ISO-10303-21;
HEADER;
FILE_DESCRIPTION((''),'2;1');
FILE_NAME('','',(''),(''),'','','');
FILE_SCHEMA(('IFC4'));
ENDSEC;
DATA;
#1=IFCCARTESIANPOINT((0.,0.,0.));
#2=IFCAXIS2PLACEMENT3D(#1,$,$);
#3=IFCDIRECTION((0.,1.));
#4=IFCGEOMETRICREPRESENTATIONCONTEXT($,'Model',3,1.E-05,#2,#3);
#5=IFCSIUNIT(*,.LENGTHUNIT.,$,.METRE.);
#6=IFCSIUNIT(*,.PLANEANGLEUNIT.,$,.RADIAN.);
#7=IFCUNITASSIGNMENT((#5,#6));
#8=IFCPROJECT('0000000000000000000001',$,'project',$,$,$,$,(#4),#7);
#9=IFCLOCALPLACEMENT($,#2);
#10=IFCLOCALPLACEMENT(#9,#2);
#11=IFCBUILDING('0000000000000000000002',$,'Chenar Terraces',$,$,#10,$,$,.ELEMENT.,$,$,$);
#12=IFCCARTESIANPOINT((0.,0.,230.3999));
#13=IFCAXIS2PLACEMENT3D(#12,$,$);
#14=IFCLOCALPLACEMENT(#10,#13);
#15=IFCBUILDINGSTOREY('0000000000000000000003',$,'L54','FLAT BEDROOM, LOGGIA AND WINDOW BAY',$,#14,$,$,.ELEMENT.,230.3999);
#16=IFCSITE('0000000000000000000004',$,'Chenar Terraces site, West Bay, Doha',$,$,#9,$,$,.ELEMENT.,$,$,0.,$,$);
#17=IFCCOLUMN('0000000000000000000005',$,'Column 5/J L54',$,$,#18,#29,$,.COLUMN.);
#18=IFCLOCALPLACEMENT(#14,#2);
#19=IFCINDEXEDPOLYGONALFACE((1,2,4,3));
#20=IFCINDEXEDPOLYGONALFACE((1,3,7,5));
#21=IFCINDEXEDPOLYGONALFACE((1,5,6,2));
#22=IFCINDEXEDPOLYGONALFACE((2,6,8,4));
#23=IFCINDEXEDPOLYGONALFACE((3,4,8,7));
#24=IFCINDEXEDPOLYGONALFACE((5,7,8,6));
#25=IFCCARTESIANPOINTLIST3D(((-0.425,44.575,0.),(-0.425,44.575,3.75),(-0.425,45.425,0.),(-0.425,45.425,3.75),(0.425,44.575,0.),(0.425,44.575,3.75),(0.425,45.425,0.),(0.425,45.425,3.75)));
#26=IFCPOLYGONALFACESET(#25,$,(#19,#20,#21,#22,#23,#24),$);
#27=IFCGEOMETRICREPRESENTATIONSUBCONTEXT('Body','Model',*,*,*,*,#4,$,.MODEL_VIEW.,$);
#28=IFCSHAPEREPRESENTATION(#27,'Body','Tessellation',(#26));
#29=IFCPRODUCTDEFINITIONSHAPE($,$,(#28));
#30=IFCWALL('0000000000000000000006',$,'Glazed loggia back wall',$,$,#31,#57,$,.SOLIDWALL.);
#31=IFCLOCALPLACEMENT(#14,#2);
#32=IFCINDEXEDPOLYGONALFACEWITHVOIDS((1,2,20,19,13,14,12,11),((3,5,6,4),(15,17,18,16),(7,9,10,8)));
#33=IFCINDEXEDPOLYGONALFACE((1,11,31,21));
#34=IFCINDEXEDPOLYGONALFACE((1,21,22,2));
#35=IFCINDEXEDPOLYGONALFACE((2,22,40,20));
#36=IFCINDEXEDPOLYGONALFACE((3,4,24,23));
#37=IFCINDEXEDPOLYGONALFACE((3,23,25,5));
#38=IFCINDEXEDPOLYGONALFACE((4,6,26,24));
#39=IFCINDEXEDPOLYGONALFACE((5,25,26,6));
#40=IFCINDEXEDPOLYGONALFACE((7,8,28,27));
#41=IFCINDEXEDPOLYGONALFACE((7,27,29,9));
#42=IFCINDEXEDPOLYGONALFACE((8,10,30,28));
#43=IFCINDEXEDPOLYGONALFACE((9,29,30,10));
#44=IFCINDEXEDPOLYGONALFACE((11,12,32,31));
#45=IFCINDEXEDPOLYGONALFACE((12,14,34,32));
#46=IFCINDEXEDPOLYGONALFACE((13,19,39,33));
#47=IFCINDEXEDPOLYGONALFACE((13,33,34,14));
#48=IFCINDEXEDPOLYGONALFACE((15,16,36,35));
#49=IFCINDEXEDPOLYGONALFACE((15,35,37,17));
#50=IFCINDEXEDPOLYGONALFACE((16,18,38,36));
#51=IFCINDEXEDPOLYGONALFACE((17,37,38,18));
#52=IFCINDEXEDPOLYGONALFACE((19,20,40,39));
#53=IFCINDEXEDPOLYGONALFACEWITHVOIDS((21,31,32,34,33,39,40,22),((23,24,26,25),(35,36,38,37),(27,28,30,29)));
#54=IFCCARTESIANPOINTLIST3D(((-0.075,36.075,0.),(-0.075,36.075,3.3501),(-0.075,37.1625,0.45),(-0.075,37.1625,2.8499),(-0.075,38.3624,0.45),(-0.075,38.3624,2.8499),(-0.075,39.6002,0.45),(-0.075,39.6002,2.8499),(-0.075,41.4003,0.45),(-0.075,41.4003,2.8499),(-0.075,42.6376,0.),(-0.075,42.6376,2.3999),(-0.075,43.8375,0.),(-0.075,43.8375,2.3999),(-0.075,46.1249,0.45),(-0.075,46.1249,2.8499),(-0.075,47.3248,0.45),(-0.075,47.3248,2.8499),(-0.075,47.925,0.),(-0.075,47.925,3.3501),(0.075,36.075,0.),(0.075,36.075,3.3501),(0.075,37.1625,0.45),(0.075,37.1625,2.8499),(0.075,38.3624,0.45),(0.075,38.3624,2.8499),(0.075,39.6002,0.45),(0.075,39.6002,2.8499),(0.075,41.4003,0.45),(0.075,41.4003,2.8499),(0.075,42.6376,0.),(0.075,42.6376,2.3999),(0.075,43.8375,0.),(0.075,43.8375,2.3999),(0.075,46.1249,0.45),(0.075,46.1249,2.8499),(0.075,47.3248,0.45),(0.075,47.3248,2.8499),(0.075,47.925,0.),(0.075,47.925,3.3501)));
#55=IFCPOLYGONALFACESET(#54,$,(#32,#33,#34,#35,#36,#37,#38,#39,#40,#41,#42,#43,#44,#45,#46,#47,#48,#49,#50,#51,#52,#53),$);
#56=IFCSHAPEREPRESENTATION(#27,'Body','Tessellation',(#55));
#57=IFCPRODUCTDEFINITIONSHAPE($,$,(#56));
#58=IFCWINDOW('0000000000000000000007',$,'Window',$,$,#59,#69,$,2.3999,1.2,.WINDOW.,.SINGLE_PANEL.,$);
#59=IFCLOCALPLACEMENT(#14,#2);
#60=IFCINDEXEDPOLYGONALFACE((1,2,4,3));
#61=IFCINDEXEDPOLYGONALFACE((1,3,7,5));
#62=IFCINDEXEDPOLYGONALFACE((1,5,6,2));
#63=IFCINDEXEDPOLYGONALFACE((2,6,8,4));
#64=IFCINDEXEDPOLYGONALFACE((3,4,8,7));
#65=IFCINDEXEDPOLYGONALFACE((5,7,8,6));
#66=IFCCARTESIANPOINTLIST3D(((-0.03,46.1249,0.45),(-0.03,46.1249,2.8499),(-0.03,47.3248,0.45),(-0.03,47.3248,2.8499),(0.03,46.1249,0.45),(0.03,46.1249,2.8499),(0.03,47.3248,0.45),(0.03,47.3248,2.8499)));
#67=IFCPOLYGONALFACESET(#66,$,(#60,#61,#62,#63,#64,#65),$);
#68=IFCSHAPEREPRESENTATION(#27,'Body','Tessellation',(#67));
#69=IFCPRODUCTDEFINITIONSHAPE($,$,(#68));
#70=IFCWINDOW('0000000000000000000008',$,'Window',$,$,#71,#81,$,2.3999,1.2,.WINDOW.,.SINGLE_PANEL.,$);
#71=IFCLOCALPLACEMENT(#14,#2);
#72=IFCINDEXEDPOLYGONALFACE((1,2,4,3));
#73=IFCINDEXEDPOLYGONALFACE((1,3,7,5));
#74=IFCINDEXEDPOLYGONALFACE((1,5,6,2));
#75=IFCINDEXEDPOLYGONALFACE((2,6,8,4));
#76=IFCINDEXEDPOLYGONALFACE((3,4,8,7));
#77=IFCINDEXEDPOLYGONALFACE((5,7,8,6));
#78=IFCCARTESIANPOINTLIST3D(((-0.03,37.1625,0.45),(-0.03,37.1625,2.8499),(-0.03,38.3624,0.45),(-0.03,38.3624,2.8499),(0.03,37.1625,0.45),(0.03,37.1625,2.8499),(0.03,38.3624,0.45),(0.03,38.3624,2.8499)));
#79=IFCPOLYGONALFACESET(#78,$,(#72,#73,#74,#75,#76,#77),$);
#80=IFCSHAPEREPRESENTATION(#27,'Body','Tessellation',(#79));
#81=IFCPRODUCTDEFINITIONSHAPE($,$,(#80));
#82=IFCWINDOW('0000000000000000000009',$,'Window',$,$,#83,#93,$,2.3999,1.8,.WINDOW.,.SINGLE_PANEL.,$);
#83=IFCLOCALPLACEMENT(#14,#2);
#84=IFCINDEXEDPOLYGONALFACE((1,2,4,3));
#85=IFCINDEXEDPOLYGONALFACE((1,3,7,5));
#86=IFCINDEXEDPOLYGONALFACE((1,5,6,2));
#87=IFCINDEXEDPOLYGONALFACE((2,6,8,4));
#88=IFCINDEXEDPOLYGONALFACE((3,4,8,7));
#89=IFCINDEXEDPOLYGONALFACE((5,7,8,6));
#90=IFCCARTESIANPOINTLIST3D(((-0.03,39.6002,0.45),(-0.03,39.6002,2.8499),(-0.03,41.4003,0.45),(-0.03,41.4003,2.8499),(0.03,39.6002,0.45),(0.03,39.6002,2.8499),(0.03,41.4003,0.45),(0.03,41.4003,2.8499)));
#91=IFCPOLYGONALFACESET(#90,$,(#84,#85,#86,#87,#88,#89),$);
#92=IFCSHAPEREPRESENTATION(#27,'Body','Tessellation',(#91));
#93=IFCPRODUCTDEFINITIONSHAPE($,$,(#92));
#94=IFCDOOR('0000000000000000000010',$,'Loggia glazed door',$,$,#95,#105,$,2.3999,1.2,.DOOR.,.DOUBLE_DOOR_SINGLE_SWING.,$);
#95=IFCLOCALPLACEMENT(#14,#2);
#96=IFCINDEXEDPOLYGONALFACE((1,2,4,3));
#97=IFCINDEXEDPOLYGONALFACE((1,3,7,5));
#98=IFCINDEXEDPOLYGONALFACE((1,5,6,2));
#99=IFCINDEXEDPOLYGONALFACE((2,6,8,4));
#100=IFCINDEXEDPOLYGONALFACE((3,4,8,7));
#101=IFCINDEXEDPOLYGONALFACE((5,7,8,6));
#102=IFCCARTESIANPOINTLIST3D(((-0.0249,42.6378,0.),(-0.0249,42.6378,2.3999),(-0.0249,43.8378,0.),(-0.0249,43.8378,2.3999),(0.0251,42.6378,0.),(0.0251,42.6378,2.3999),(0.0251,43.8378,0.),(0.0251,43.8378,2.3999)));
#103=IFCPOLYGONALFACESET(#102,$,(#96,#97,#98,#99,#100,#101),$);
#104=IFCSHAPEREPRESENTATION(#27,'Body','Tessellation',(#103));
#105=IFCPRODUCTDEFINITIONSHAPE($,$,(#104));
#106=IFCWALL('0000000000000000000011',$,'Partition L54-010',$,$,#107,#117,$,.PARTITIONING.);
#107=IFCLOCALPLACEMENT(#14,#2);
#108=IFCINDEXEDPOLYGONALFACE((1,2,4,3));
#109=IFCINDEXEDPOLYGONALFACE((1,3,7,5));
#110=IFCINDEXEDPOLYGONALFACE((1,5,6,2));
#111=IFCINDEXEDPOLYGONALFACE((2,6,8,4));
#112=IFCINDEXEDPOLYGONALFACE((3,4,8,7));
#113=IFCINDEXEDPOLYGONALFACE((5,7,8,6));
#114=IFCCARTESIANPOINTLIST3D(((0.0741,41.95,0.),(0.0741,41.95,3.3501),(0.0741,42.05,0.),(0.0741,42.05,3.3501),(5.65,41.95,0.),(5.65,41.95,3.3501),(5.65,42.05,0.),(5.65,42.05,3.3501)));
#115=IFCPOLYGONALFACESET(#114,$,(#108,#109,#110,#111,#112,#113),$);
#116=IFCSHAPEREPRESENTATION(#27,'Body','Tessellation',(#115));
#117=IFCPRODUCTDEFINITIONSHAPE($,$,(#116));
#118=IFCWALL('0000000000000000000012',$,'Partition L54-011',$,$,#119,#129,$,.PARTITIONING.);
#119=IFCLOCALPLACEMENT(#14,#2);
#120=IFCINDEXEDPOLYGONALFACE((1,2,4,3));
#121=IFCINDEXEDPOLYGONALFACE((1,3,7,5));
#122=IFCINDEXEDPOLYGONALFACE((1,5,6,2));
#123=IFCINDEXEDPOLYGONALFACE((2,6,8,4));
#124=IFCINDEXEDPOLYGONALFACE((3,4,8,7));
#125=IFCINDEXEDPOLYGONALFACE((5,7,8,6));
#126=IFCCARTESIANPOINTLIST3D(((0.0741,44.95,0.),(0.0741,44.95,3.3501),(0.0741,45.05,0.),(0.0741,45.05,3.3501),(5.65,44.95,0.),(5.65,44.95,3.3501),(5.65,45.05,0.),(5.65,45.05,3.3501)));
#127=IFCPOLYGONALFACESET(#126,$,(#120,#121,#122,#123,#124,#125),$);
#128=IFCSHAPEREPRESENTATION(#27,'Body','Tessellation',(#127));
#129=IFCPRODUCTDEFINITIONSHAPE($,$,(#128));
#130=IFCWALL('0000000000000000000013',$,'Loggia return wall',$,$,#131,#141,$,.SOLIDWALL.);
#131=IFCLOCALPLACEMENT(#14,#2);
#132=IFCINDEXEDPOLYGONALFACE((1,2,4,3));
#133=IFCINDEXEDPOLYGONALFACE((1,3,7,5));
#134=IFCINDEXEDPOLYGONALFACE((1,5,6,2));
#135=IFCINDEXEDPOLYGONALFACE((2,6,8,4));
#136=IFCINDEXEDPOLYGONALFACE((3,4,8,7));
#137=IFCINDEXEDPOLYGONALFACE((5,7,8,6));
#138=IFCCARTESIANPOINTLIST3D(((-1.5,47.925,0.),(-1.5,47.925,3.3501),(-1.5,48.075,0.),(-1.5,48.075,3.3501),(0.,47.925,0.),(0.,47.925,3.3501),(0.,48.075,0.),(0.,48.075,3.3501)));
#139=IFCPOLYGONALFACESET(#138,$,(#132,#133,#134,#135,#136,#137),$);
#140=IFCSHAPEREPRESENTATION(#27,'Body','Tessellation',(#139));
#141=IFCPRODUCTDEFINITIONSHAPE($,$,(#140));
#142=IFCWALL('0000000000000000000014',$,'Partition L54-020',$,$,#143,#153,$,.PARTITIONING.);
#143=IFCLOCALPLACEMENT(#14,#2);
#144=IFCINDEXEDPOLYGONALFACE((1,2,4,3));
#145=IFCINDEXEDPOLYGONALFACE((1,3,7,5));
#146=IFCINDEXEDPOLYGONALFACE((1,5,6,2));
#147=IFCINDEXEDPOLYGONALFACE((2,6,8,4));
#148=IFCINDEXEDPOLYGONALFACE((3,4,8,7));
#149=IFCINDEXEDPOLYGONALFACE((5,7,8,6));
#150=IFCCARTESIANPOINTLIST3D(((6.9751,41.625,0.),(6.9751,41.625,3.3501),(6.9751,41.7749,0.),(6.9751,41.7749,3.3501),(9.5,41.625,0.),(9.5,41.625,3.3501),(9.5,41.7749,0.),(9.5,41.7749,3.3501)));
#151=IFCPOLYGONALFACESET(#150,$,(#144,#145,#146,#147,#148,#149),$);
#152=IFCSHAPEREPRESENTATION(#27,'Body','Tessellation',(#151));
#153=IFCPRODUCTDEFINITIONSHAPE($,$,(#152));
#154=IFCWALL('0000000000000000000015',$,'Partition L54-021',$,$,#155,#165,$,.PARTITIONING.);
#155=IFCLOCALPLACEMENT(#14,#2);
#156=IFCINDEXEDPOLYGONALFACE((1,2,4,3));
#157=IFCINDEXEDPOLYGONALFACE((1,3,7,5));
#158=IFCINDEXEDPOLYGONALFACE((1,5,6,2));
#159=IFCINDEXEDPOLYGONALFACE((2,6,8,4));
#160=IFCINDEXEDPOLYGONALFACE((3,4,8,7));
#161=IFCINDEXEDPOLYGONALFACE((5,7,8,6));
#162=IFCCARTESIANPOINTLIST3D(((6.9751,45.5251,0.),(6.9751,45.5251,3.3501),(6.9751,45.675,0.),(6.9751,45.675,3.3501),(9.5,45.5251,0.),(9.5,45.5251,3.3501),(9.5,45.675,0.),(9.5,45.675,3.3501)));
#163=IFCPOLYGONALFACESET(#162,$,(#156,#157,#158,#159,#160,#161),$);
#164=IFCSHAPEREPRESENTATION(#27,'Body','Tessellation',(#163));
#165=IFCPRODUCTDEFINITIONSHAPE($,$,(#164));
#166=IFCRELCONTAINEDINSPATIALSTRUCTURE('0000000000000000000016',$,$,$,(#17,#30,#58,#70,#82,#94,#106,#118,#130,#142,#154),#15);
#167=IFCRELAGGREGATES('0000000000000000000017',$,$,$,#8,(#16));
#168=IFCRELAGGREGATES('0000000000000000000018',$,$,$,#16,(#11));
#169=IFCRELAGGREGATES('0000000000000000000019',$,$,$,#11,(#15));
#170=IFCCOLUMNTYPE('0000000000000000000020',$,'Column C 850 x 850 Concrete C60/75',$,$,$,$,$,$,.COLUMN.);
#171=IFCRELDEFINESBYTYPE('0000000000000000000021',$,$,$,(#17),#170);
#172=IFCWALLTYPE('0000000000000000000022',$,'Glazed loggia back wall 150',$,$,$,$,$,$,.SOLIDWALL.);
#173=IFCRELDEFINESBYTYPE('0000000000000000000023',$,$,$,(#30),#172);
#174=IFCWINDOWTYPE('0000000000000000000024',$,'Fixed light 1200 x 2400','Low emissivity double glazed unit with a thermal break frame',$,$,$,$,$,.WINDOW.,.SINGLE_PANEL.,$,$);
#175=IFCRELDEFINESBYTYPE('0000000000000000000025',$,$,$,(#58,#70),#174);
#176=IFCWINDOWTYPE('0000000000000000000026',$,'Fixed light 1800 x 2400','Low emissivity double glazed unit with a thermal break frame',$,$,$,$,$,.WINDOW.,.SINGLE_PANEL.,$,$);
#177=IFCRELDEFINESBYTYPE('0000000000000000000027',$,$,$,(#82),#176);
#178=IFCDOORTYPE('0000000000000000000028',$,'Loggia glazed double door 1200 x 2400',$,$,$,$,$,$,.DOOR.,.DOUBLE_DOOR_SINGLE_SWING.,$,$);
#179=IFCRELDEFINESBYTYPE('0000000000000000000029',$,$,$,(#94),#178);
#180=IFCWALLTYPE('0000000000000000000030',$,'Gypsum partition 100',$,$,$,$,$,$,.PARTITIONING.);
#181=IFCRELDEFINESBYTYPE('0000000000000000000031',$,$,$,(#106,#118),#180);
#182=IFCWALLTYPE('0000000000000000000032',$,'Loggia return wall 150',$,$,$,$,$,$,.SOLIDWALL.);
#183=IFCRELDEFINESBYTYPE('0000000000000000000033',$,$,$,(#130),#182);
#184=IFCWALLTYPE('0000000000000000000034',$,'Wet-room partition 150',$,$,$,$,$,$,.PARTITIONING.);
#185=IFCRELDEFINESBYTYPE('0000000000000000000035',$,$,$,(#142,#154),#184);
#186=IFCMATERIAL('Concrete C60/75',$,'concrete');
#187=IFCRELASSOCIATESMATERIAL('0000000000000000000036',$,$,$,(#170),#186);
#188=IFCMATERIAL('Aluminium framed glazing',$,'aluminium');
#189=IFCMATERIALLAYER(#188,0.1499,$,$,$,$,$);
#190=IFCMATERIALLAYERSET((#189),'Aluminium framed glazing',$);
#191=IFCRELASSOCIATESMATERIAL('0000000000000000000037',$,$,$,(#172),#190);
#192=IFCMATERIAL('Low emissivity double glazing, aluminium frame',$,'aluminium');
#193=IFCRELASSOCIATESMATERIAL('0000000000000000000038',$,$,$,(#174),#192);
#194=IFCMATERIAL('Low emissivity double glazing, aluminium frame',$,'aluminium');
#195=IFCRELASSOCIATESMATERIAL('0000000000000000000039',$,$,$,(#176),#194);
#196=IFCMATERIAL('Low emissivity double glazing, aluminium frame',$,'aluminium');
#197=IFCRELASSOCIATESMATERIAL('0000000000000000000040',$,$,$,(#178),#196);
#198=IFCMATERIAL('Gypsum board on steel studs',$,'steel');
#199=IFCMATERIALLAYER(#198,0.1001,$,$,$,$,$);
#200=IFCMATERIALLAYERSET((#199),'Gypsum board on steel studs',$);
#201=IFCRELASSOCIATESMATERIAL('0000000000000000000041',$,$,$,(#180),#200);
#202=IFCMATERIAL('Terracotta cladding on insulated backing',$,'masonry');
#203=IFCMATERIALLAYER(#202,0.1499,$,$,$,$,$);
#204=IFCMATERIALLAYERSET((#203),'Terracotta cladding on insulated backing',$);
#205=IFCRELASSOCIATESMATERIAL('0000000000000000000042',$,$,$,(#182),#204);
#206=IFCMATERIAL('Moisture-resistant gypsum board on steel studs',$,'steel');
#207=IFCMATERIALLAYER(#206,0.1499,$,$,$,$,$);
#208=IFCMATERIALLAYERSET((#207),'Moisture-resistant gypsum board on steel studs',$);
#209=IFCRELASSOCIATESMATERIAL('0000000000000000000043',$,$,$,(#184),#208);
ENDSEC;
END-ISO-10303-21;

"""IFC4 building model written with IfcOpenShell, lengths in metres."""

from ifc_helpers import new_model, si_unit, direction, frame, frame_2d, origin, origin_2d, place, context, subcontext, project, spatial, rectangle, extrude, material, layer, layer_set, material_profile, profile_set, type_object, element, fill, save


model = new_model("IFC4")

# Units and contexts
model_context = context("Model", 3, precision=1e-05, world=origin(), true_north=direction((0.0, 1.0)))
body_context = subcontext(model_context, "Body", "Model", "MODEL_VIEW")
ifc_project = project(units=[si_unit("LENGTHUNIT", "METRE"), si_unit("PLANEANGLEUNIT", "RADIAN")], contexts=[model_context])

# Site, building, storey
site_placement = place(None, origin())
site = spatial("IfcSite", under=ifc_project, at=site_placement, Name="Chenar Terraces site, West Bay, Doha", CompositionType="ELEMENT", RefElevation=0.0)
building_placement = place(site_placement, origin())
building = spatial("IfcBuilding", under=site, at=building_placement, Name="Chenar Terraces", CompositionType="ELEMENT")
storey_placement = place(building_placement, frame((0.0, 0.0, 230.3999)))
storey = spatial("IfcBuildingStorey", under=building, at=storey_placement, Name="L54", Description="FLAT BEDROOM, LOGGIA AND WINDOW BAY", CompositionType="ELEMENT", Elevation=230.3999)

# Column
ifc_material_1 = material(Name="Concrete C60/75", Category="concrete")
ifc_material_profile = material_profile(ifc_material_1, rectangle(XDim=0.8501, YDim=0.8501, at=origin_2d()), Name="C 850 x 850")
ifc_profile_set = profile_set([ifc_material_profile], Name="Concrete C60/75")
column_type = type_object("IfcColumnType", Name="Column C 850 x 850 Concrete C60/75", PredefinedType="COLUMN", material=ifc_profile_set)
column_placement = place(storey_placement, frame((0.0, 45.0, 0.0), z_axis=(0.0, 0.0, 1.0), x_axis=(1.0, 0.0, 0.0)))
element("IfcColumn", 1, at=column_placement, inside=storey, type_object=column_type, Name="Column 5/J L54", PredefinedType="COLUMN", context=body_context, shape_type="SweptSolid", body=[
    extrude(rectangle(XDim=0.8501, YDim=0.8501, at=origin_2d()), origin(), (0.0, 0.0, 1.0), 3.75),
])

# Wall, openings, windows, door
ifc_material_2 = material(Name="Aluminium framed glazing", Category="aluminium")
ifc_layer_1 = layer(ifc_material_2, 0.1499)
ifc_layer_set_1 = layer_set([ifc_layer_1], Name="Aluminium framed glazing")
wall_type_1 = type_object("IfcWallType", Name="Glazed loggia back wall 150", PredefinedType="SOLIDWALL", material=ifc_layer_set_1)
wall_1_placement = place(storey_placement, frame((0.0, 47.925, 0.0), z_axis=(0.0, 0.0, 1.0), x_axis=(0.0, -1.0, 0.0)))
wall_1 = element("IfcWall", 2, at=wall_1_placement, inside=storey, type_object=wall_type_1, Name="Glazed loggia back wall", PredefinedType="SOLIDWALL", context=body_context, shape_type="SweptSolid", body=[
    extrude(rectangle(XDim=11.8501, YDim=0.1499, at=frame_2d((5.925, 0.0))), origin(), (0.0, 0.0, 1.0), 3.3501),
])
opening_1_placement = place(wall_1_placement, frame((0.6001, 0.0, 0.45)))
opening_1 = element("IfcOpeningElement", 3, at=opening_1_placement, cuts=wall_1, PredefinedType="OPENING", context=body_context, shape_type="SweptSolid", body=[
    extrude(rectangle(XDim=1.2, YDim=2.3999, at=frame_2d((0.6001, 1.2))), frame((0.0, 0.085, 0.0), z_axis=(0.0, -1.0, 0.0), x_axis=(1.0, 0.0, 0.0)), (0.0, 0.0, 1.0), 0.1699),
])
opening_2_placement = place(wall_1_placement, frame((4.0874, 0.0, 0.0)))
opening_2 = element("IfcOpeningElement", 4, at=opening_2_placement, cuts=wall_1, PredefinedType="OPENING", context=body_context, shape_type="SweptSolid", body=[
    extrude(rectangle(XDim=1.2, YDim=2.3999, at=frame_2d((0.6001, 1.2))), frame((0.0, 0.085, 0.0), z_axis=(0.0, -1.0, 0.0), x_axis=(1.0, 0.0, 0.0)), (0.0, 0.0, 1.0), 0.1699),
])
opening_3_placement = place(wall_1_placement, frame((6.5249, 0.0, 0.45)))
opening_3 = element("IfcOpeningElement", 5, at=opening_3_placement, cuts=wall_1, PredefinedType="OPENING", context=body_context, shape_type="SweptSolid", body=[
    extrude(rectangle(XDim=1.8, YDim=2.3999, at=frame_2d((0.8999, 1.2))), frame((0.0, 0.085, 0.0), z_axis=(0.0, -1.0, 0.0), x_axis=(1.0, 0.0, 0.0)), (0.0, 0.0, 1.0), 0.1699),
])
opening_4_placement = place(wall_1_placement, frame((9.5625, 0.0, 0.45)))
opening_4 = element("IfcOpeningElement", 6, at=opening_4_placement, cuts=wall_1, PredefinedType="OPENING", context=body_context, shape_type="SweptSolid", body=[
    extrude(rectangle(XDim=1.2, YDim=2.3999, at=frame_2d((0.6001, 1.2))), frame((0.0, 0.085, 0.0), z_axis=(0.0, -1.0, 0.0), x_axis=(1.0, 0.0, 0.0)), (0.0, 0.0, 1.0), 0.1699),
])
ifc_material_3 = material(Name="Low emissivity double glazing, aluminium frame", Category="aluminium")
window_type_1 = type_object("IfcWindowType", Name="Fixed light 1200 x 2400", Description="Low emissivity double glazed unit with a thermal break frame", PartitioningType="SINGLE_PANEL", PredefinedType="WINDOW", material=ifc_material_3)
window_1_placement = place(opening_1_placement, origin())
window_1 = element("IfcWindow", 7, at=window_1_placement, inside=storey, type_object=window_type_1, Name="Window", OverallHeight=2.3999, OverallWidth=1.2, PartitioningType="SINGLE_PANEL", PredefinedType="WINDOW", context=body_context, shape_type="SweptSolid", body=[
    extrude(rectangle(XDim=1.2, YDim=2.3999, at=frame_2d((0.6001, 1.2))), frame((0.0, 0.03, 0.0), z_axis=(0.0, -1.0, 0.0), x_axis=(1.0, 0.0, 0.0)), (0.0, 0.0, 1.0), 0.0601),
])
fill(opening_1, window_1)
window_2_placement = place(opening_4_placement, origin())
window_2 = element("IfcWindow", 8, at=window_2_placement, inside=storey, type_object=window_type_1, Name="Window", OverallHeight=2.3999, OverallWidth=1.2, PartitioningType="SINGLE_PANEL", PredefinedType="WINDOW", context=body_context, shape_type="SweptSolid", body=[
    extrude(rectangle(XDim=1.2, YDim=2.3999, at=frame_2d((0.6001, 1.2))), frame((0.0, 0.03, 0.0), z_axis=(0.0, -1.0, 0.0), x_axis=(1.0, 0.0, 0.0)), (0.0, 0.0, 1.0), 0.0601),
])
fill(opening_4, window_2)
ifc_material_4 = material(Name="Low emissivity double glazing, aluminium frame", Category="aluminium")
window_type_2 = type_object("IfcWindowType", Name="Fixed light 1800 x 2400", Description="Low emissivity double glazed unit with a thermal break frame", PartitioningType="SINGLE_PANEL", PredefinedType="WINDOW", material=ifc_material_4)
window_3_placement = place(opening_3_placement, origin())
window_3 = element("IfcWindow", 9, at=window_3_placement, inside=storey, type_object=window_type_2, Name="Window", OverallHeight=2.3999, OverallWidth=1.8, PartitioningType="SINGLE_PANEL", PredefinedType="WINDOW", context=body_context, shape_type="SweptSolid", body=[
    extrude(rectangle(XDim=1.8, YDim=2.3999, at=frame_2d((0.8999, 1.2))), frame((0.0, 0.03, 0.0), z_axis=(0.0, -1.0, 0.0), x_axis=(1.0, 0.0, 0.0)), (0.0, 0.0, 1.0), 0.0601),
])
fill(opening_3, window_3)
ifc_material_5 = material(Name="Low emissivity double glazing, aluminium frame", Category="aluminium")
door_type = type_object("IfcDoorType", Name="Loggia glazed double door 1200 x 2400", OperationType="DOUBLE_DOOR_SINGLE_SWING", PredefinedType="DOOR", material=ifc_material_5)
door_placement = place(opening_2_placement, frame((1.2, 0.0, 0.0), z_axis=(0.0, 0.0, 1.0), x_axis=(-1.0, 0.0, 0.0)))
door = element("IfcDoor", 10, at=door_placement, inside=storey, type_object=door_type, Name="Loggia glazed door", OperationType="DOUBLE_DOOR_SINGLE_SWING", OverallHeight=2.3999, OverallWidth=1.2, PredefinedType="DOOR", context=body_context, shape_type="SweptSolid", body=[
    extrude(rectangle(XDim=1.2, YDim=2.3999, at=frame_2d((0.6001, 1.2))), frame((0.0, 0.0249, 0.0), z_axis=(0.0, -1.0, 0.0), x_axis=(1.0, 0.0, 0.0)), (0.0, 0.0, 1.0), 0.05),
])
fill(opening_2, door)

# Walls
ifc_material_6 = material(Name="Gypsum board on steel studs", Category="steel")
ifc_layer_2 = layer(ifc_material_6, 0.1001)
ifc_layer_set_2 = layer_set([ifc_layer_2], Name="Gypsum board on steel studs")
wall_type_2 = type_object("IfcWallType", Name="Gypsum partition 100", PredefinedType="PARTITIONING", material=ifc_layer_set_2)
for number, where, z_axis, x_axis, name in (
    (11, (0.074, 42.0, 0.0), (0.0, 0.0, 1.0), (1.0, 0.0, 0.0), "Partition L54-010"),
    (12, (0.074, 45.0, 0.0), (0.0, 0.0, 1.0), (1.0, 0.0, 0.0), "Partition L54-011"),
):
    element("IfcWall", number, at=place(storey_placement, frame(where, z_axis=z_axis, x_axis=x_axis)), inside=storey, type_object=wall_type_2, Name=name, PredefinedType="PARTITIONING", context=body_context, shape_type="SweptSolid", body=[
        extrude(rectangle(XDim=5.5759, YDim=0.1001, at=frame_2d((2.7881, 0.0))), origin(), (0.0, 0.0, 1.0), 3.3501),
    ])
ifc_material_7 = material(Name="Terracotta cladding on insulated backing", Category="masonry")
ifc_layer_3 = layer(ifc_material_7, 0.1499)
ifc_layer_set_3 = layer_set([ifc_layer_3], Name="Terracotta cladding on insulated backing")
wall_type_3 = type_object("IfcWallType", Name="Loggia return wall 150", PredefinedType="SOLIDWALL", material=ifc_layer_set_3)
wall_2_placement = place(storey_placement, frame((-1.5, 48.0, 0.0), z_axis=(0.0, 0.0, 1.0), x_axis=(1.0, 0.0, 0.0)))
element("IfcWall", 13, at=wall_2_placement, inside=storey, type_object=wall_type_3, Name="Loggia return wall", PredefinedType="SOLIDWALL", context=body_context, shape_type="SweptSolid", body=[
    extrude(rectangle(XDim=1.5, YDim=0.1499, at=frame_2d((0.75, 0.0))), origin(), (0.0, 0.0, 1.0), 3.3501),
])
ifc_material_8 = material(Name="Moisture-resistant gypsum board on steel studs", Category="steel")
ifc_layer_4 = layer(ifc_material_8, 0.1499)
ifc_layer_set_4 = layer_set([ifc_layer_4], Name="Moisture-resistant gypsum board on steel studs")
wall_type_4 = type_object("IfcWallType", Name="Wet-room partition 150", PredefinedType="PARTITIONING", material=ifc_layer_set_4)
for number, where, z_axis, x_axis, name in (
    (14, (6.9751, 41.7, 0.0), (0.0, 0.0, 1.0), (1.0, 0.0, 0.0), "Partition L54-020"),
    (15, (6.9751, 45.6001, 0.0), (0.0, 0.0, 1.0), (1.0, 0.0, 0.0), "Partition L54-021"),
):
    element("IfcWall", number, at=place(storey_placement, frame(where, z_axis=z_axis, x_axis=x_axis)), inside=storey, type_object=wall_type_4, Name=name, PredefinedType="PARTITIONING", context=body_context, shape_type="SweptSolid", body=[
        extrude(rectangle(XDim=2.5249, YDim=0.1499, at=frame_2d((1.2625, 0.0))), origin(), (0.0, 0.0, 1.0), 3.3501),
    ])

save(model, "model.ifc")
